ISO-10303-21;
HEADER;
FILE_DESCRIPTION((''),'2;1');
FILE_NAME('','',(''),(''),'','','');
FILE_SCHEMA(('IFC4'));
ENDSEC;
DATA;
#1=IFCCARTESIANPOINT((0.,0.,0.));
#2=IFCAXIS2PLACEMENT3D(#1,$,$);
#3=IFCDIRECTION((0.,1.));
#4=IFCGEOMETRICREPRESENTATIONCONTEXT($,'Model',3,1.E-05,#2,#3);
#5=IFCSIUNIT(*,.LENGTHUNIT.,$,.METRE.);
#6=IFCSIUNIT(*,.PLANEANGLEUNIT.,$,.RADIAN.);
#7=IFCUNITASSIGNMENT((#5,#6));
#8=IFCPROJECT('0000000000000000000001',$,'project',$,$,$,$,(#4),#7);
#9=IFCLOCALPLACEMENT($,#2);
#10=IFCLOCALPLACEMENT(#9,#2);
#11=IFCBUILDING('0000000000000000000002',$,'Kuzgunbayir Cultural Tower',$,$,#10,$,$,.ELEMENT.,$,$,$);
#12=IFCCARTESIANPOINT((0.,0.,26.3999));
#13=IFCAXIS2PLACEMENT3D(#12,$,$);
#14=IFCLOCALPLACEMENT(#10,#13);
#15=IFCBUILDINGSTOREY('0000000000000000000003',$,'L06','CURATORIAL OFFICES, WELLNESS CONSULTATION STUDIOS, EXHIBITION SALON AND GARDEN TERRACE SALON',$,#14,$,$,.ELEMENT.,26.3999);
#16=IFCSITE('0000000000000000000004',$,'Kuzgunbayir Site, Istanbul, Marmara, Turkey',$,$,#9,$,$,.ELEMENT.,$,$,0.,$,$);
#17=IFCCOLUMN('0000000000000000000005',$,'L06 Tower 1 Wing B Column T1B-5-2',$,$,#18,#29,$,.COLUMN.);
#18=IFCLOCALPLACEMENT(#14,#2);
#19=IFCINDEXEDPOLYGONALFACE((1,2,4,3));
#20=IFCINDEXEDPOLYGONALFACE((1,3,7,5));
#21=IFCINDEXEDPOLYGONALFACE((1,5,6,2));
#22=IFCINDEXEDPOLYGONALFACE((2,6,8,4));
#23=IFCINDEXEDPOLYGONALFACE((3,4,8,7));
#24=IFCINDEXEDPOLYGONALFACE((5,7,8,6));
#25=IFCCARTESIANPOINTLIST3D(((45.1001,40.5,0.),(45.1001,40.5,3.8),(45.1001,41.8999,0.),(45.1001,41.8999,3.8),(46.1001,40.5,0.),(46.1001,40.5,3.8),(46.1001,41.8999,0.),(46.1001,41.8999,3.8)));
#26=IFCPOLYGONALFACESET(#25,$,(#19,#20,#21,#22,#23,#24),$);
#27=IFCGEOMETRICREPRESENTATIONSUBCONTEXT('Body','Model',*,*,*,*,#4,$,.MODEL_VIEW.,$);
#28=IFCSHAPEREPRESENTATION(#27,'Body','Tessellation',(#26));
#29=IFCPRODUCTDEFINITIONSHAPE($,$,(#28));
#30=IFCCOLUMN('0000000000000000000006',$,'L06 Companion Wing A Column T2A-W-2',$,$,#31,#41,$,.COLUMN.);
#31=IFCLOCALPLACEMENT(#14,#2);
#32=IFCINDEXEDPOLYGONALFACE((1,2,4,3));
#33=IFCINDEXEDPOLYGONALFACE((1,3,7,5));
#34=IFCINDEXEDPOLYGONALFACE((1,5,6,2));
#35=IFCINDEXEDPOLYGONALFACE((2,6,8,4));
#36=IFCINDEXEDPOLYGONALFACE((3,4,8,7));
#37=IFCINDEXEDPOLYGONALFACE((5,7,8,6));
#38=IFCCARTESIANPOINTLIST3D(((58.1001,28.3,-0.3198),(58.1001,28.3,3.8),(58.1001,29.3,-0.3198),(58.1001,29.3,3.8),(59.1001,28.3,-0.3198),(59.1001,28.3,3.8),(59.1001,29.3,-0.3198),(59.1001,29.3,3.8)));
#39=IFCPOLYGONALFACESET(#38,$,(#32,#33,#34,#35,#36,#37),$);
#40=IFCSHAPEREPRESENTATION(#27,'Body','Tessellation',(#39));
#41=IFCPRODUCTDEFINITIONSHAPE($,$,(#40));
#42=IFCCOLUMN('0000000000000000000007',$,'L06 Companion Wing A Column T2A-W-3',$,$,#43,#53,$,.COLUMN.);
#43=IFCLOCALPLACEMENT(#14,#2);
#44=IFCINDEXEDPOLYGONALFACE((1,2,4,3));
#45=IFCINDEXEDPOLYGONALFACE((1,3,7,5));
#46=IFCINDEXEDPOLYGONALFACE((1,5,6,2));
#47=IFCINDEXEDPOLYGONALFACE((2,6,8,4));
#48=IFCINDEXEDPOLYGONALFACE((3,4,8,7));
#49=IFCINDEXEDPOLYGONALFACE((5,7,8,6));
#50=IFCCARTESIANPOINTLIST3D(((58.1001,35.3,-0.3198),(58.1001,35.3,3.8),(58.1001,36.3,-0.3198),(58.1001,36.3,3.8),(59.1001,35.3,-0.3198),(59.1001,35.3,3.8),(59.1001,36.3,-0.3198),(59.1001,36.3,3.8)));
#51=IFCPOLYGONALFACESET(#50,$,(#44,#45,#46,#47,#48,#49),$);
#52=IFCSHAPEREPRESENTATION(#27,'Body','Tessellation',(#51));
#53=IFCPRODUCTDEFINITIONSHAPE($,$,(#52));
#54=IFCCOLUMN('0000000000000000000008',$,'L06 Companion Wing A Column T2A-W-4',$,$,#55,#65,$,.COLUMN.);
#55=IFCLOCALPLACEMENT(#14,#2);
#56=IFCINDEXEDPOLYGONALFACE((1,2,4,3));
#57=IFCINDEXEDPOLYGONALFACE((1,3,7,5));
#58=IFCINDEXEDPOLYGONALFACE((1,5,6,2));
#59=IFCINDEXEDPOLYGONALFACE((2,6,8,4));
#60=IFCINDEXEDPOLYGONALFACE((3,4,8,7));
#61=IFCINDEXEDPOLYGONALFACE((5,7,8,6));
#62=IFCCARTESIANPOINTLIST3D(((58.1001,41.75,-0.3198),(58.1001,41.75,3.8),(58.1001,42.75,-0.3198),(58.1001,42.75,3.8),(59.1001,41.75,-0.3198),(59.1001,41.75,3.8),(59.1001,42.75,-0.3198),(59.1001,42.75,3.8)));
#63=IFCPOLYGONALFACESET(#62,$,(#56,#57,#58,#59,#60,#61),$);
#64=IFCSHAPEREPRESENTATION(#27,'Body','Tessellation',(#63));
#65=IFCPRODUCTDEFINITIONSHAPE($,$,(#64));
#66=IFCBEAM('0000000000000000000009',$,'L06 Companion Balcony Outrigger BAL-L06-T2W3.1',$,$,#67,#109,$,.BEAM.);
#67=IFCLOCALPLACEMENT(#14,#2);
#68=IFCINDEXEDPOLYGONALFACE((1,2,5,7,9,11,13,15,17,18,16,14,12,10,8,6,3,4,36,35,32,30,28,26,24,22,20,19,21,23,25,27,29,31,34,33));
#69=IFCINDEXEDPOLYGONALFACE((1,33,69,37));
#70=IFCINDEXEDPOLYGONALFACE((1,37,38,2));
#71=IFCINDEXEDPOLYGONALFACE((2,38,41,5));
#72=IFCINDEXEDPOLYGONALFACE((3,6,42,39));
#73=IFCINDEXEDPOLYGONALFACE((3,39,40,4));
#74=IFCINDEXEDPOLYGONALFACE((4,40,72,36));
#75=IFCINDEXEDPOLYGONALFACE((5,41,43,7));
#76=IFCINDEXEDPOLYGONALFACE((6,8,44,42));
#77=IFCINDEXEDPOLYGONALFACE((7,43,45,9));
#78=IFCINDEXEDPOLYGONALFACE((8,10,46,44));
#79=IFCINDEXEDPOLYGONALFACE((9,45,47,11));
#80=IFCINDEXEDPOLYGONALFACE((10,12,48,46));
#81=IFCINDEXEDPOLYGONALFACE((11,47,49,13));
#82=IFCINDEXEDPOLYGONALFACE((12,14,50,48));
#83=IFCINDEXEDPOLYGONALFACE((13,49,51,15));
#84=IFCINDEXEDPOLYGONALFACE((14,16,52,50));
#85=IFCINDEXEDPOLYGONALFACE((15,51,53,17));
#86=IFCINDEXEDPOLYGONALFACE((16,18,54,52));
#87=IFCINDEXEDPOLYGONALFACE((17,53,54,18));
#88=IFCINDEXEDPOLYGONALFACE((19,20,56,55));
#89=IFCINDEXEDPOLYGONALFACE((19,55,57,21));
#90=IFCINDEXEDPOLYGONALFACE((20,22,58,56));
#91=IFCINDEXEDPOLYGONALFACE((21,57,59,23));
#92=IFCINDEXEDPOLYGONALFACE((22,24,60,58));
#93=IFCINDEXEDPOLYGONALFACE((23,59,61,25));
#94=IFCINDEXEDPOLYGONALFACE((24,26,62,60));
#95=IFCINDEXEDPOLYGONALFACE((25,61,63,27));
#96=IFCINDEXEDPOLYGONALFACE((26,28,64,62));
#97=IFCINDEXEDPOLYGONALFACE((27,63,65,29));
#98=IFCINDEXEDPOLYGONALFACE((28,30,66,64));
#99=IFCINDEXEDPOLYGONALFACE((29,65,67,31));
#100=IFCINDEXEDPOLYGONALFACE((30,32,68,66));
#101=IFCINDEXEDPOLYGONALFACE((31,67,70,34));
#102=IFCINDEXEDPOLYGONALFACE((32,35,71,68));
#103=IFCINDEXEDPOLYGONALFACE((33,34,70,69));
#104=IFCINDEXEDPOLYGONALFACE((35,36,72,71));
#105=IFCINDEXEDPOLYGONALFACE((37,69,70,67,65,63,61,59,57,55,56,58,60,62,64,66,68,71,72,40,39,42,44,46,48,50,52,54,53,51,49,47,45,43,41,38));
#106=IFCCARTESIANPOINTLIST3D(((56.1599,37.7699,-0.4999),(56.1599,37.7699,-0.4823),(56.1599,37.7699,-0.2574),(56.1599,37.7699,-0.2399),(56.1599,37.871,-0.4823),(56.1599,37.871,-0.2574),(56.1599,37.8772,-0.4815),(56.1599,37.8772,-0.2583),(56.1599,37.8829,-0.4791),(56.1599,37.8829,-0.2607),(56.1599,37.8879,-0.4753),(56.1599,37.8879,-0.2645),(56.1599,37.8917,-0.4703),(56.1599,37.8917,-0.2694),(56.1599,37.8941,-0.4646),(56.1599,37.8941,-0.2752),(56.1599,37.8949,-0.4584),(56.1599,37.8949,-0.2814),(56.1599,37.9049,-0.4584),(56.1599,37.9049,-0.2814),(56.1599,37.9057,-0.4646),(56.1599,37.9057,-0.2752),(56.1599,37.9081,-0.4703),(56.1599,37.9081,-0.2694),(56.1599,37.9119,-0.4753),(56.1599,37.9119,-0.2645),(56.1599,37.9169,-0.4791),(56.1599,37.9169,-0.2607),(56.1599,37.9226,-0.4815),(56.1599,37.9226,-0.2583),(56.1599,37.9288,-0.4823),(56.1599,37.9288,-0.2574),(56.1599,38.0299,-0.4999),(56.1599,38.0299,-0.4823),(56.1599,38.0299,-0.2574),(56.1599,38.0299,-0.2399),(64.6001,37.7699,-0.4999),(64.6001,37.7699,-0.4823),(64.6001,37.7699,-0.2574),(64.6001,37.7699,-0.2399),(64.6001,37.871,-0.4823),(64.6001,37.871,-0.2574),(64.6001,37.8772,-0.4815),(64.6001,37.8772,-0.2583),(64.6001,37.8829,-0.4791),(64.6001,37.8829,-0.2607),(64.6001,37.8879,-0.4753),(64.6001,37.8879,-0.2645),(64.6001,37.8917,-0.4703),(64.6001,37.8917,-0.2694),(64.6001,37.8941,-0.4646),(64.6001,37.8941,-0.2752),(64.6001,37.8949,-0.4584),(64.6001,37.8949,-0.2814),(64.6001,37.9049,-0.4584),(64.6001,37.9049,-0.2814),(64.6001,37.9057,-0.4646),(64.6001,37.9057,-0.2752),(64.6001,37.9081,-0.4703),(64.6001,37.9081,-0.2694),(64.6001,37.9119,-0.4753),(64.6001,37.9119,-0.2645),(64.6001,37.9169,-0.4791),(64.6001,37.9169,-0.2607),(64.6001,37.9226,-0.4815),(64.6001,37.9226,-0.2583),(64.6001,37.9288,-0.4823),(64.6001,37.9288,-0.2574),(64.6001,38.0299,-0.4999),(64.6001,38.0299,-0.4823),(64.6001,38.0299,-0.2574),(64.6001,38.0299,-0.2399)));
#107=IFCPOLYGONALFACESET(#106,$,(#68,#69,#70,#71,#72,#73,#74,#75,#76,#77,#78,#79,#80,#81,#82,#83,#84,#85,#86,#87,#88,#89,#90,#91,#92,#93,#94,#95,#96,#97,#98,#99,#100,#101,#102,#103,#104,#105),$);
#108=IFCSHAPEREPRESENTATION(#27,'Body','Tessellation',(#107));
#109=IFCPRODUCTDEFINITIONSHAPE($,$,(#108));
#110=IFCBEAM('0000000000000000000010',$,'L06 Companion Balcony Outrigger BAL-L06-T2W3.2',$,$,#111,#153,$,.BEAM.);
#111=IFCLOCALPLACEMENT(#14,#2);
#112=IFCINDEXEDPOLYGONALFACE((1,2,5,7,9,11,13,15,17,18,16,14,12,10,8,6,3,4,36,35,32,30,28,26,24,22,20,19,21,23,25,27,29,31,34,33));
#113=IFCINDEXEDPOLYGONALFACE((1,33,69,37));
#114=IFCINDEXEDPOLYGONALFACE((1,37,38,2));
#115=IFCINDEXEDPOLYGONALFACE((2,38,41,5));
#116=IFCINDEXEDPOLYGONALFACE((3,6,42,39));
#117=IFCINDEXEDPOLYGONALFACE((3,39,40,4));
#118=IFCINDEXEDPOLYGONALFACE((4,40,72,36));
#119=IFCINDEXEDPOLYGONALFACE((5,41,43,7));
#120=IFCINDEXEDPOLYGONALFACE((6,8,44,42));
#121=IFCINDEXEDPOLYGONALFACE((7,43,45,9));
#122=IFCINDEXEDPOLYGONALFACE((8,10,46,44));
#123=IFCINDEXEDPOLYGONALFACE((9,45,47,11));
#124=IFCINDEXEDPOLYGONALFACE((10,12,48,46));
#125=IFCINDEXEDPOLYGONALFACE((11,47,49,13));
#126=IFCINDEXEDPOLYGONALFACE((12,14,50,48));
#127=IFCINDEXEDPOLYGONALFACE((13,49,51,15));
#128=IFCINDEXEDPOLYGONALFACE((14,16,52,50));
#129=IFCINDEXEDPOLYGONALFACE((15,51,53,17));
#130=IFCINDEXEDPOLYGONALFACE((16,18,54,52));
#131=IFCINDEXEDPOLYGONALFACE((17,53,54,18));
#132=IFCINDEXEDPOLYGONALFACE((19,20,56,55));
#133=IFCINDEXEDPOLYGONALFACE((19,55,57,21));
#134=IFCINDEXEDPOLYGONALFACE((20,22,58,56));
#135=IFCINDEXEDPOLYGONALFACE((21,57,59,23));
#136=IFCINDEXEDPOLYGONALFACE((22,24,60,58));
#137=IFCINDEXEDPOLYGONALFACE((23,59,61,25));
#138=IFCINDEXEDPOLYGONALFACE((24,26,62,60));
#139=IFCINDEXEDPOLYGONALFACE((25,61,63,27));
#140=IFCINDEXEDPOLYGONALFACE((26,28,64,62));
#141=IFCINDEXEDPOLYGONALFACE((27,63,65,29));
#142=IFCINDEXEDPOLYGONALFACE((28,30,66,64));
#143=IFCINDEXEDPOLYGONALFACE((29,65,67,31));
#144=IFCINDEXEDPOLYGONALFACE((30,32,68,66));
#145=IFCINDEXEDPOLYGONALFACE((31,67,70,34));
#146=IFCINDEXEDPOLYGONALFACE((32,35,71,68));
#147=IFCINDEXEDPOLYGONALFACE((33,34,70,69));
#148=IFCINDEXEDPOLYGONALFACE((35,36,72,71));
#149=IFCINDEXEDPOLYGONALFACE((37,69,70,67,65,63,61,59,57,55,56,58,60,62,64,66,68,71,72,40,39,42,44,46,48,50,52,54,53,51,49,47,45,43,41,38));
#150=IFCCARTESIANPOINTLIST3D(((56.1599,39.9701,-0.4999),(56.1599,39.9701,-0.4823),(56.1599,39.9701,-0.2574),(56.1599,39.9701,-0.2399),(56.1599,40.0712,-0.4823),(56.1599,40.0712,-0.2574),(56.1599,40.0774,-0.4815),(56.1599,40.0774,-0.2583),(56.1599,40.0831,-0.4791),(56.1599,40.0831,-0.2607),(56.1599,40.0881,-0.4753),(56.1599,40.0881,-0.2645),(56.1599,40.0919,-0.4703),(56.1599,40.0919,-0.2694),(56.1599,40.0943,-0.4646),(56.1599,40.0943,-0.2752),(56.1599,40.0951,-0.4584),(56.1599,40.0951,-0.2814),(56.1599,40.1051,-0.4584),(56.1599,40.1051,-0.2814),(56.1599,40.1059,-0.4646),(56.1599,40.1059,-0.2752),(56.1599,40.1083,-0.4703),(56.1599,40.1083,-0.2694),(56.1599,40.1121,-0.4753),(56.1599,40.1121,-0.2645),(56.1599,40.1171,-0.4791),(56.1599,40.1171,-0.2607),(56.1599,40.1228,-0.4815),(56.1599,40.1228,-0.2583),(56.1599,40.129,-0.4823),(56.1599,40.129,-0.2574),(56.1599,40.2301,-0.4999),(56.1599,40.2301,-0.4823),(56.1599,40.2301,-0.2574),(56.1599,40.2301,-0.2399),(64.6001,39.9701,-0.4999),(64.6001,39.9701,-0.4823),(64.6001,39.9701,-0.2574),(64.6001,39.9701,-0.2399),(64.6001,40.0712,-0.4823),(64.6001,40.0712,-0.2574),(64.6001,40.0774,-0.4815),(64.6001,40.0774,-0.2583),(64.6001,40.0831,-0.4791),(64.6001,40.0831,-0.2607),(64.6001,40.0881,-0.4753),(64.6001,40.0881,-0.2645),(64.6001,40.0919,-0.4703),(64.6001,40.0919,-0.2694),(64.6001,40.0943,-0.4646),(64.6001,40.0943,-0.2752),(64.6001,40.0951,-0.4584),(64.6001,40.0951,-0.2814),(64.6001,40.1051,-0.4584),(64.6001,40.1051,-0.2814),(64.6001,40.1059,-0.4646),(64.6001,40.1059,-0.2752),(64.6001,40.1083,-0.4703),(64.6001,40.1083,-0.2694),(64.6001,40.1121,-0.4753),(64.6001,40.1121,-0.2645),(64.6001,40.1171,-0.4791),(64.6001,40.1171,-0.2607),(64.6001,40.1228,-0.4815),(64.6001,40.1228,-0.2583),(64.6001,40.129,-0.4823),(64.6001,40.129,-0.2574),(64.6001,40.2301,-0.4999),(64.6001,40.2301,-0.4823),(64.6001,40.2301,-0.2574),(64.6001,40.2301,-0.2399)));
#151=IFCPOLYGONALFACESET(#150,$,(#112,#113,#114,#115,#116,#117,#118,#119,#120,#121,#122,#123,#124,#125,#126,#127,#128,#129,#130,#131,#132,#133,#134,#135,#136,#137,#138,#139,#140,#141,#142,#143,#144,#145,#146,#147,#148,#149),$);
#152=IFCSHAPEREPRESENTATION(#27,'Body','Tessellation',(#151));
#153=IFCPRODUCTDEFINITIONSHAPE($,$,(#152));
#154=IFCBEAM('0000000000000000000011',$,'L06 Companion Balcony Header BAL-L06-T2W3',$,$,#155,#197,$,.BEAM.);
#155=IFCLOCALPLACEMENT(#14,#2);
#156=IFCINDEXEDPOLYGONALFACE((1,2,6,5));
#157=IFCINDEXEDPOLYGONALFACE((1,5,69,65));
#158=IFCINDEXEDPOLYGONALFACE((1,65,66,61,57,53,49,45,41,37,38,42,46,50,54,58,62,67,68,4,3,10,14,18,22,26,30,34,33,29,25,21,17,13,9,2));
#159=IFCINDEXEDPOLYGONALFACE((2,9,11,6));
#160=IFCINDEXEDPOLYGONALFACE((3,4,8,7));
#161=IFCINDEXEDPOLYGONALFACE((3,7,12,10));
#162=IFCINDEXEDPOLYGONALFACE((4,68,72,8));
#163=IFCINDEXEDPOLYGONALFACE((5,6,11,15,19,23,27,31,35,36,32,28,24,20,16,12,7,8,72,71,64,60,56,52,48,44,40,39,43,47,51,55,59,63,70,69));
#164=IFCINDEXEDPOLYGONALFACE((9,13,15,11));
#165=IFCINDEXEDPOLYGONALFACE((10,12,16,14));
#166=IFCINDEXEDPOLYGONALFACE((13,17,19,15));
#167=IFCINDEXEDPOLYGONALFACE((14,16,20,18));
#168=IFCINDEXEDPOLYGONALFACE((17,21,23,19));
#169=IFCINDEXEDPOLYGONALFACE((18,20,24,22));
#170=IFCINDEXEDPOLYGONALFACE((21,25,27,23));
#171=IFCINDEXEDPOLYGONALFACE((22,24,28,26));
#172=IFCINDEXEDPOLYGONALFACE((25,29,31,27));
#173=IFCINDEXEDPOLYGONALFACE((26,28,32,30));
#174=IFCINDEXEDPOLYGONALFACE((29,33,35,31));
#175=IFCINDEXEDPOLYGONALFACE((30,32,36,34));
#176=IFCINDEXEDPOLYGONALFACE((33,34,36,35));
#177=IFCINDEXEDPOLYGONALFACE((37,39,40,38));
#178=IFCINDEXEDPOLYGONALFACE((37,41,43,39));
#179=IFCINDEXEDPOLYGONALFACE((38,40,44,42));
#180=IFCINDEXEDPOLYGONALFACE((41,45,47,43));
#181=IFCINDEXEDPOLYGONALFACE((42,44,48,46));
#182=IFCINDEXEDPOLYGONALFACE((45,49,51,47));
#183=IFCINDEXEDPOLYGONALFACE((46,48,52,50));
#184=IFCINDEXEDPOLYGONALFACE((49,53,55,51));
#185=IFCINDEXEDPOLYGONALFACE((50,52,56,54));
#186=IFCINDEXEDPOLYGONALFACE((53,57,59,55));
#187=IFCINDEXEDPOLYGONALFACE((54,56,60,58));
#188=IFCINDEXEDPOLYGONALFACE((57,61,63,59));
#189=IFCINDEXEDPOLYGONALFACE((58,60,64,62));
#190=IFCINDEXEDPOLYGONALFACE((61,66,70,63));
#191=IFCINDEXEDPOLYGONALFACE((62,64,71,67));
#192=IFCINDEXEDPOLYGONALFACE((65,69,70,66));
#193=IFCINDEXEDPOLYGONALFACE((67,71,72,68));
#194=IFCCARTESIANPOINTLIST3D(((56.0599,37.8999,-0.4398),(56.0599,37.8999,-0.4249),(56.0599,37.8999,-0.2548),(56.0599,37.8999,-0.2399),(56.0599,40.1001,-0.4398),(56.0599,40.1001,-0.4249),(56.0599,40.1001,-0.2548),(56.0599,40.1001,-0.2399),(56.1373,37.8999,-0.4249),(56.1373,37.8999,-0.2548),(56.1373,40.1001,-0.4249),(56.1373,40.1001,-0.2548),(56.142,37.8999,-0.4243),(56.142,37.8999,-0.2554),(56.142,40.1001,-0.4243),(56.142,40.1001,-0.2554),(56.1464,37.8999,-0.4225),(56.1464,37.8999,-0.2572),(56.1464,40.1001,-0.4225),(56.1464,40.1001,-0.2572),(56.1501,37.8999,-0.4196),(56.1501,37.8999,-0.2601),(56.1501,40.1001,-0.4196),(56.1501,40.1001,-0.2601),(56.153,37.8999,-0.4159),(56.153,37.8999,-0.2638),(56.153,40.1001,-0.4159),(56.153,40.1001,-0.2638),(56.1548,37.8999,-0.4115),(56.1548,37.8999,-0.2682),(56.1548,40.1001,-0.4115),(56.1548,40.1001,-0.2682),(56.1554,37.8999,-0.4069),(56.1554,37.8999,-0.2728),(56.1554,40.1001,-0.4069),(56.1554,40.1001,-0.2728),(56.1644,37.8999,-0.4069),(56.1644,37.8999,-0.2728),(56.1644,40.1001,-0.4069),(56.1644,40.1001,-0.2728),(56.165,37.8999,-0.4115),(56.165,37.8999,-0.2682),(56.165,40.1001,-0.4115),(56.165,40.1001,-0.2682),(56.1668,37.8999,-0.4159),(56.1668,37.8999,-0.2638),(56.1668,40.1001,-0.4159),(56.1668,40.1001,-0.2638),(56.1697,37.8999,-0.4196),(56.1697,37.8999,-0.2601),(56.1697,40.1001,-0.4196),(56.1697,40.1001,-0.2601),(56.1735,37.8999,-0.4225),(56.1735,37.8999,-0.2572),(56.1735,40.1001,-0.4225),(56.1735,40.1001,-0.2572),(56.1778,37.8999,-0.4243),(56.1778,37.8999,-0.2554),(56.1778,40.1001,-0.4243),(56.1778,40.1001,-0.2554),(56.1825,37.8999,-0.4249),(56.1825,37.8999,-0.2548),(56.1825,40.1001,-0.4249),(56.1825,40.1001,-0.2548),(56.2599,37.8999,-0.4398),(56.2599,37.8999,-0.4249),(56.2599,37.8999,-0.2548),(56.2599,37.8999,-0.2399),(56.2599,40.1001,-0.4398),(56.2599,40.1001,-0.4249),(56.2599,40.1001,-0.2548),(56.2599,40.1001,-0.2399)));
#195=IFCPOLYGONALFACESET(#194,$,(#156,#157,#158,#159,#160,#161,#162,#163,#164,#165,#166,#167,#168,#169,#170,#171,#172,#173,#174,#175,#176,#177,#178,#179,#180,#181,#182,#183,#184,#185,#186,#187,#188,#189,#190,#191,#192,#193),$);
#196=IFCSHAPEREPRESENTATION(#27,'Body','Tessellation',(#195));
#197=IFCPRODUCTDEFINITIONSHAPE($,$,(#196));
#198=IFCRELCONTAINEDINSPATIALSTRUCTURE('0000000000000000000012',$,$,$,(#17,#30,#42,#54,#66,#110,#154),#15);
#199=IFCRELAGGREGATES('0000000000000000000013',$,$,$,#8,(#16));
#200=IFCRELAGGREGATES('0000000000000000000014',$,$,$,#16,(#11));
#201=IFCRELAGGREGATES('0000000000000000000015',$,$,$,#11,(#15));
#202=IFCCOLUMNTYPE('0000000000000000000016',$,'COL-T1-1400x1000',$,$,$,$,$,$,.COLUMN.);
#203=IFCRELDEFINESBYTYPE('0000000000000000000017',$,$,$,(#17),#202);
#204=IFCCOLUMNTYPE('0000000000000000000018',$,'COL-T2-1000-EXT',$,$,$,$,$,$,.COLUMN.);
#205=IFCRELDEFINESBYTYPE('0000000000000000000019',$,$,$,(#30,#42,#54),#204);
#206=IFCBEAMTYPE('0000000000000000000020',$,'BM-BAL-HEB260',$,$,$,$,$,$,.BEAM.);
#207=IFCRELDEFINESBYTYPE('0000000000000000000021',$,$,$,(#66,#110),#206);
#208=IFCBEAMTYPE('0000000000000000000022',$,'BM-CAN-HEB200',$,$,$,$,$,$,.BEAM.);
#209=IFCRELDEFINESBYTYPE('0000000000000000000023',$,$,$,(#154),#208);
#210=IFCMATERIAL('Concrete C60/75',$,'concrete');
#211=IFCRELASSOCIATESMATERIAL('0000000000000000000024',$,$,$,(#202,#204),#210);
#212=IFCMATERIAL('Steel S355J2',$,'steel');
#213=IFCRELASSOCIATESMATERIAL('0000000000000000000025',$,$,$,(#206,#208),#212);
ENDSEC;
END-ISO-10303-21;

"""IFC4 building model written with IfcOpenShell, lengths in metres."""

from ifc_helpers import new_model, si_unit, direction, frame, origin, origin_2d, place, context, subcontext, project, spatial, rectangle, i_section, extrude, material, material_profile, profile_set, type_object, element, save


model = new_model("IFC4")

# Units and contexts
model_context = context("Model", 3, precision=1e-05, world=origin(), true_north=direction((0.0, 1.0)))
body_context = subcontext(model_context, "Body", "Model", "MODEL_VIEW")
ifc_project = project(units=[si_unit("LENGTHUNIT", "METRE"), si_unit("PLANEANGLEUNIT", "RADIAN")], contexts=[model_context])

# Site, building, storey
site_placement = place(None, origin())
site = spatial("IfcSite", under=ifc_project, at=site_placement, Name="Kuzgunbayir Site, Istanbul, Marmara, Turkey", CompositionType="ELEMENT", RefElevation=0.0)
building_placement = place(site_placement, origin())
building = spatial("IfcBuilding", under=site, at=building_placement, Name="Kuzgunbayir Cultural Tower", CompositionType="ELEMENT")
storey_placement = place(building_placement, frame((0.0, 0.0, 26.3999)))
storey = spatial("IfcBuildingStorey", under=building, at=storey_placement, Name="L06", Description="CURATORIAL OFFICES, WELLNESS CONSULTATION STUDIOS, EXHIBITION SALON AND GARDEN TERRACE SALON", CompositionType="ELEMENT", Elevation=26.3999)

# Columns
ifc_material_1 = material(Name="Concrete C60/75", Category="concrete")
ifc_material_profile_1 = material_profile(ifc_material_1, rectangle(XDim=1.0, YDim=1.3999, at=origin_2d()), Name="RC 1400x1000")
ifc_profile_set_1 = profile_set([ifc_material_profile_1], Name="Concrete C60/75")
column_type_1 = type_object("IfcColumnType", Name="COL-T1-1400x1000", PredefinedType="COLUMN", material=ifc_profile_set_1)
column_placement = place(storey_placement, frame((45.6001, 41.2, 0.0), z_axis=(0.0, 0.0, 1.0), x_axis=(1.0, 0.0, 0.0)))
element("IfcColumn", 1, at=column_placement, inside=storey, type_object=column_type_1, Name="L06 Tower 1 Wing B Column T1B-5-2", PredefinedType="COLUMN", context=body_context, shape_type="SweptSolid", body=[
    extrude(rectangle(XDim=1.0, YDim=1.3999, at=origin_2d()), origin(), (0.0, 0.0, 1.0), 3.8),
])
ifc_material_profile_2 = material_profile(ifc_material_1, rectangle(XDim=1.0, YDim=1.0, at=origin_2d()), Name="RC 1000x1000")
ifc_profile_set_2 = profile_set([ifc_material_profile_2], Name="Concrete C60/75")
column_type_2 = type_object("IfcColumnType", Name="COL-T2-1000-EXT", PredefinedType="COLUMN", material=ifc_profile_set_2)
for number, where, z_axis, x_axis, name in (
    (2, (58.6001, 28.8, -0.3198), (0.0, 0.0, 1.0), (1.0, 0.0, 0.0), "L06 Companion Wing A Column T2A-W-2"),
    (3, (58.6001, 35.8, -0.3198), (0.0, 0.0, 1.0), (1.0, 0.0, 0.0), "L06 Companion Wing A Column T2A-W-3"),
    (4, (58.6001, 42.25, -0.3198), (0.0, 0.0, 1.0), (1.0, 0.0, 0.0), "L06 Companion Wing A Column T2A-W-4"),
):
    element("IfcColumn", number, at=place(storey_placement, frame(where, z_axis=z_axis, x_axis=x_axis)), inside=storey, type_object=column_type_2, Name=name, PredefinedType="COLUMN", context=body_context, shape_type="SweptSolid", body=[
        extrude(rectangle(XDim=1.0, YDim=1.0, at=origin_2d()), origin(), (0.0, 0.0, 1.0), 4.1199),
    ])

# Beams
ifc_material_2 = material(Name="Steel S355J2", Category="steel")
ifc_material_profile_3 = material_profile(ifc_material_2, i_section(OverallWidth=0.26, OverallDepth=0.26, WebThickness=0.01, FlangeThickness=0.0176, FilletRadius=0.0239, at=origin_2d()), Name="HEB 260")
ifc_profile_set_3 = profile_set([ifc_material_profile_3], Name="Steel S355J2")
beam_type_1 = type_object("IfcBeamType", Name="BM-BAL-HEB260", PredefinedType="BEAM", material=ifc_profile_set_3)
for number, where, z_axis, x_axis, name in (
    (5, (56.1599, 37.8999, -0.3699), (1.0, 0.0, 0.0), (0.0, 1.0, 0.0), "L06 Companion Balcony Outrigger BAL-L06-T2W3.1"),
    (6, (56.1599, 40.1001, -0.3699), (1.0, 0.0, 0.0), (0.0, 1.0, 0.0), "L06 Companion Balcony Outrigger BAL-L06-T2W3.2"),
):
    element("IfcBeam", number, at=place(storey_placement, frame(where, z_axis=z_axis, x_axis=x_axis)), inside=storey, type_object=beam_type_1, Name=name, PredefinedType="BEAM", context=body_context, shape_type="SweptSolid", body=[
        extrude(i_section(OverallWidth=0.26, OverallDepth=0.26, WebThickness=0.01, FlangeThickness=0.0176, FilletRadius=0.0239, at=origin_2d()), origin(), (0.0, 0.0, 1.0), 8.4402),
    ])
ifc_material_profile_4 = material_profile(ifc_material_2, i_section(OverallWidth=0.2, OverallDepth=0.2, WebThickness=0.009, FlangeThickness=0.0149, FilletRadius=0.0181, at=origin_2d()), Name="HEB 200")
ifc_profile_set_4 = profile_set([ifc_material_profile_4], Name="Steel S355J2")
beam_type_2 = type_object("IfcBeamType", Name="BM-CAN-HEB200", PredefinedType="BEAM", material=ifc_profile_set_4)
beam_1_placement = place(storey_placement, frame((56.1599, 37.8999, -0.3398), z_axis=(0.0, 1.0, 0.0), x_axis=(-1.0, 0.0, 0.0)))
element("IfcBeam", 7, at=beam_1_placement, inside=storey, type_object=beam_type_2, Name="L06 Companion Balcony Header BAL-L06-T2W3", PredefinedType="BEAM", context=body_context, shape_type="SweptSolid", body=[
    extrude(i_section(OverallWidth=0.2, OverallDepth=0.2, WebThickness=0.009, FlangeThickness=0.0149, FilletRadius=0.0181, at=origin_2d()), origin(), (0.0, 0.0, 1.0), 2.2002),
])

save(model, "model.ifc")
